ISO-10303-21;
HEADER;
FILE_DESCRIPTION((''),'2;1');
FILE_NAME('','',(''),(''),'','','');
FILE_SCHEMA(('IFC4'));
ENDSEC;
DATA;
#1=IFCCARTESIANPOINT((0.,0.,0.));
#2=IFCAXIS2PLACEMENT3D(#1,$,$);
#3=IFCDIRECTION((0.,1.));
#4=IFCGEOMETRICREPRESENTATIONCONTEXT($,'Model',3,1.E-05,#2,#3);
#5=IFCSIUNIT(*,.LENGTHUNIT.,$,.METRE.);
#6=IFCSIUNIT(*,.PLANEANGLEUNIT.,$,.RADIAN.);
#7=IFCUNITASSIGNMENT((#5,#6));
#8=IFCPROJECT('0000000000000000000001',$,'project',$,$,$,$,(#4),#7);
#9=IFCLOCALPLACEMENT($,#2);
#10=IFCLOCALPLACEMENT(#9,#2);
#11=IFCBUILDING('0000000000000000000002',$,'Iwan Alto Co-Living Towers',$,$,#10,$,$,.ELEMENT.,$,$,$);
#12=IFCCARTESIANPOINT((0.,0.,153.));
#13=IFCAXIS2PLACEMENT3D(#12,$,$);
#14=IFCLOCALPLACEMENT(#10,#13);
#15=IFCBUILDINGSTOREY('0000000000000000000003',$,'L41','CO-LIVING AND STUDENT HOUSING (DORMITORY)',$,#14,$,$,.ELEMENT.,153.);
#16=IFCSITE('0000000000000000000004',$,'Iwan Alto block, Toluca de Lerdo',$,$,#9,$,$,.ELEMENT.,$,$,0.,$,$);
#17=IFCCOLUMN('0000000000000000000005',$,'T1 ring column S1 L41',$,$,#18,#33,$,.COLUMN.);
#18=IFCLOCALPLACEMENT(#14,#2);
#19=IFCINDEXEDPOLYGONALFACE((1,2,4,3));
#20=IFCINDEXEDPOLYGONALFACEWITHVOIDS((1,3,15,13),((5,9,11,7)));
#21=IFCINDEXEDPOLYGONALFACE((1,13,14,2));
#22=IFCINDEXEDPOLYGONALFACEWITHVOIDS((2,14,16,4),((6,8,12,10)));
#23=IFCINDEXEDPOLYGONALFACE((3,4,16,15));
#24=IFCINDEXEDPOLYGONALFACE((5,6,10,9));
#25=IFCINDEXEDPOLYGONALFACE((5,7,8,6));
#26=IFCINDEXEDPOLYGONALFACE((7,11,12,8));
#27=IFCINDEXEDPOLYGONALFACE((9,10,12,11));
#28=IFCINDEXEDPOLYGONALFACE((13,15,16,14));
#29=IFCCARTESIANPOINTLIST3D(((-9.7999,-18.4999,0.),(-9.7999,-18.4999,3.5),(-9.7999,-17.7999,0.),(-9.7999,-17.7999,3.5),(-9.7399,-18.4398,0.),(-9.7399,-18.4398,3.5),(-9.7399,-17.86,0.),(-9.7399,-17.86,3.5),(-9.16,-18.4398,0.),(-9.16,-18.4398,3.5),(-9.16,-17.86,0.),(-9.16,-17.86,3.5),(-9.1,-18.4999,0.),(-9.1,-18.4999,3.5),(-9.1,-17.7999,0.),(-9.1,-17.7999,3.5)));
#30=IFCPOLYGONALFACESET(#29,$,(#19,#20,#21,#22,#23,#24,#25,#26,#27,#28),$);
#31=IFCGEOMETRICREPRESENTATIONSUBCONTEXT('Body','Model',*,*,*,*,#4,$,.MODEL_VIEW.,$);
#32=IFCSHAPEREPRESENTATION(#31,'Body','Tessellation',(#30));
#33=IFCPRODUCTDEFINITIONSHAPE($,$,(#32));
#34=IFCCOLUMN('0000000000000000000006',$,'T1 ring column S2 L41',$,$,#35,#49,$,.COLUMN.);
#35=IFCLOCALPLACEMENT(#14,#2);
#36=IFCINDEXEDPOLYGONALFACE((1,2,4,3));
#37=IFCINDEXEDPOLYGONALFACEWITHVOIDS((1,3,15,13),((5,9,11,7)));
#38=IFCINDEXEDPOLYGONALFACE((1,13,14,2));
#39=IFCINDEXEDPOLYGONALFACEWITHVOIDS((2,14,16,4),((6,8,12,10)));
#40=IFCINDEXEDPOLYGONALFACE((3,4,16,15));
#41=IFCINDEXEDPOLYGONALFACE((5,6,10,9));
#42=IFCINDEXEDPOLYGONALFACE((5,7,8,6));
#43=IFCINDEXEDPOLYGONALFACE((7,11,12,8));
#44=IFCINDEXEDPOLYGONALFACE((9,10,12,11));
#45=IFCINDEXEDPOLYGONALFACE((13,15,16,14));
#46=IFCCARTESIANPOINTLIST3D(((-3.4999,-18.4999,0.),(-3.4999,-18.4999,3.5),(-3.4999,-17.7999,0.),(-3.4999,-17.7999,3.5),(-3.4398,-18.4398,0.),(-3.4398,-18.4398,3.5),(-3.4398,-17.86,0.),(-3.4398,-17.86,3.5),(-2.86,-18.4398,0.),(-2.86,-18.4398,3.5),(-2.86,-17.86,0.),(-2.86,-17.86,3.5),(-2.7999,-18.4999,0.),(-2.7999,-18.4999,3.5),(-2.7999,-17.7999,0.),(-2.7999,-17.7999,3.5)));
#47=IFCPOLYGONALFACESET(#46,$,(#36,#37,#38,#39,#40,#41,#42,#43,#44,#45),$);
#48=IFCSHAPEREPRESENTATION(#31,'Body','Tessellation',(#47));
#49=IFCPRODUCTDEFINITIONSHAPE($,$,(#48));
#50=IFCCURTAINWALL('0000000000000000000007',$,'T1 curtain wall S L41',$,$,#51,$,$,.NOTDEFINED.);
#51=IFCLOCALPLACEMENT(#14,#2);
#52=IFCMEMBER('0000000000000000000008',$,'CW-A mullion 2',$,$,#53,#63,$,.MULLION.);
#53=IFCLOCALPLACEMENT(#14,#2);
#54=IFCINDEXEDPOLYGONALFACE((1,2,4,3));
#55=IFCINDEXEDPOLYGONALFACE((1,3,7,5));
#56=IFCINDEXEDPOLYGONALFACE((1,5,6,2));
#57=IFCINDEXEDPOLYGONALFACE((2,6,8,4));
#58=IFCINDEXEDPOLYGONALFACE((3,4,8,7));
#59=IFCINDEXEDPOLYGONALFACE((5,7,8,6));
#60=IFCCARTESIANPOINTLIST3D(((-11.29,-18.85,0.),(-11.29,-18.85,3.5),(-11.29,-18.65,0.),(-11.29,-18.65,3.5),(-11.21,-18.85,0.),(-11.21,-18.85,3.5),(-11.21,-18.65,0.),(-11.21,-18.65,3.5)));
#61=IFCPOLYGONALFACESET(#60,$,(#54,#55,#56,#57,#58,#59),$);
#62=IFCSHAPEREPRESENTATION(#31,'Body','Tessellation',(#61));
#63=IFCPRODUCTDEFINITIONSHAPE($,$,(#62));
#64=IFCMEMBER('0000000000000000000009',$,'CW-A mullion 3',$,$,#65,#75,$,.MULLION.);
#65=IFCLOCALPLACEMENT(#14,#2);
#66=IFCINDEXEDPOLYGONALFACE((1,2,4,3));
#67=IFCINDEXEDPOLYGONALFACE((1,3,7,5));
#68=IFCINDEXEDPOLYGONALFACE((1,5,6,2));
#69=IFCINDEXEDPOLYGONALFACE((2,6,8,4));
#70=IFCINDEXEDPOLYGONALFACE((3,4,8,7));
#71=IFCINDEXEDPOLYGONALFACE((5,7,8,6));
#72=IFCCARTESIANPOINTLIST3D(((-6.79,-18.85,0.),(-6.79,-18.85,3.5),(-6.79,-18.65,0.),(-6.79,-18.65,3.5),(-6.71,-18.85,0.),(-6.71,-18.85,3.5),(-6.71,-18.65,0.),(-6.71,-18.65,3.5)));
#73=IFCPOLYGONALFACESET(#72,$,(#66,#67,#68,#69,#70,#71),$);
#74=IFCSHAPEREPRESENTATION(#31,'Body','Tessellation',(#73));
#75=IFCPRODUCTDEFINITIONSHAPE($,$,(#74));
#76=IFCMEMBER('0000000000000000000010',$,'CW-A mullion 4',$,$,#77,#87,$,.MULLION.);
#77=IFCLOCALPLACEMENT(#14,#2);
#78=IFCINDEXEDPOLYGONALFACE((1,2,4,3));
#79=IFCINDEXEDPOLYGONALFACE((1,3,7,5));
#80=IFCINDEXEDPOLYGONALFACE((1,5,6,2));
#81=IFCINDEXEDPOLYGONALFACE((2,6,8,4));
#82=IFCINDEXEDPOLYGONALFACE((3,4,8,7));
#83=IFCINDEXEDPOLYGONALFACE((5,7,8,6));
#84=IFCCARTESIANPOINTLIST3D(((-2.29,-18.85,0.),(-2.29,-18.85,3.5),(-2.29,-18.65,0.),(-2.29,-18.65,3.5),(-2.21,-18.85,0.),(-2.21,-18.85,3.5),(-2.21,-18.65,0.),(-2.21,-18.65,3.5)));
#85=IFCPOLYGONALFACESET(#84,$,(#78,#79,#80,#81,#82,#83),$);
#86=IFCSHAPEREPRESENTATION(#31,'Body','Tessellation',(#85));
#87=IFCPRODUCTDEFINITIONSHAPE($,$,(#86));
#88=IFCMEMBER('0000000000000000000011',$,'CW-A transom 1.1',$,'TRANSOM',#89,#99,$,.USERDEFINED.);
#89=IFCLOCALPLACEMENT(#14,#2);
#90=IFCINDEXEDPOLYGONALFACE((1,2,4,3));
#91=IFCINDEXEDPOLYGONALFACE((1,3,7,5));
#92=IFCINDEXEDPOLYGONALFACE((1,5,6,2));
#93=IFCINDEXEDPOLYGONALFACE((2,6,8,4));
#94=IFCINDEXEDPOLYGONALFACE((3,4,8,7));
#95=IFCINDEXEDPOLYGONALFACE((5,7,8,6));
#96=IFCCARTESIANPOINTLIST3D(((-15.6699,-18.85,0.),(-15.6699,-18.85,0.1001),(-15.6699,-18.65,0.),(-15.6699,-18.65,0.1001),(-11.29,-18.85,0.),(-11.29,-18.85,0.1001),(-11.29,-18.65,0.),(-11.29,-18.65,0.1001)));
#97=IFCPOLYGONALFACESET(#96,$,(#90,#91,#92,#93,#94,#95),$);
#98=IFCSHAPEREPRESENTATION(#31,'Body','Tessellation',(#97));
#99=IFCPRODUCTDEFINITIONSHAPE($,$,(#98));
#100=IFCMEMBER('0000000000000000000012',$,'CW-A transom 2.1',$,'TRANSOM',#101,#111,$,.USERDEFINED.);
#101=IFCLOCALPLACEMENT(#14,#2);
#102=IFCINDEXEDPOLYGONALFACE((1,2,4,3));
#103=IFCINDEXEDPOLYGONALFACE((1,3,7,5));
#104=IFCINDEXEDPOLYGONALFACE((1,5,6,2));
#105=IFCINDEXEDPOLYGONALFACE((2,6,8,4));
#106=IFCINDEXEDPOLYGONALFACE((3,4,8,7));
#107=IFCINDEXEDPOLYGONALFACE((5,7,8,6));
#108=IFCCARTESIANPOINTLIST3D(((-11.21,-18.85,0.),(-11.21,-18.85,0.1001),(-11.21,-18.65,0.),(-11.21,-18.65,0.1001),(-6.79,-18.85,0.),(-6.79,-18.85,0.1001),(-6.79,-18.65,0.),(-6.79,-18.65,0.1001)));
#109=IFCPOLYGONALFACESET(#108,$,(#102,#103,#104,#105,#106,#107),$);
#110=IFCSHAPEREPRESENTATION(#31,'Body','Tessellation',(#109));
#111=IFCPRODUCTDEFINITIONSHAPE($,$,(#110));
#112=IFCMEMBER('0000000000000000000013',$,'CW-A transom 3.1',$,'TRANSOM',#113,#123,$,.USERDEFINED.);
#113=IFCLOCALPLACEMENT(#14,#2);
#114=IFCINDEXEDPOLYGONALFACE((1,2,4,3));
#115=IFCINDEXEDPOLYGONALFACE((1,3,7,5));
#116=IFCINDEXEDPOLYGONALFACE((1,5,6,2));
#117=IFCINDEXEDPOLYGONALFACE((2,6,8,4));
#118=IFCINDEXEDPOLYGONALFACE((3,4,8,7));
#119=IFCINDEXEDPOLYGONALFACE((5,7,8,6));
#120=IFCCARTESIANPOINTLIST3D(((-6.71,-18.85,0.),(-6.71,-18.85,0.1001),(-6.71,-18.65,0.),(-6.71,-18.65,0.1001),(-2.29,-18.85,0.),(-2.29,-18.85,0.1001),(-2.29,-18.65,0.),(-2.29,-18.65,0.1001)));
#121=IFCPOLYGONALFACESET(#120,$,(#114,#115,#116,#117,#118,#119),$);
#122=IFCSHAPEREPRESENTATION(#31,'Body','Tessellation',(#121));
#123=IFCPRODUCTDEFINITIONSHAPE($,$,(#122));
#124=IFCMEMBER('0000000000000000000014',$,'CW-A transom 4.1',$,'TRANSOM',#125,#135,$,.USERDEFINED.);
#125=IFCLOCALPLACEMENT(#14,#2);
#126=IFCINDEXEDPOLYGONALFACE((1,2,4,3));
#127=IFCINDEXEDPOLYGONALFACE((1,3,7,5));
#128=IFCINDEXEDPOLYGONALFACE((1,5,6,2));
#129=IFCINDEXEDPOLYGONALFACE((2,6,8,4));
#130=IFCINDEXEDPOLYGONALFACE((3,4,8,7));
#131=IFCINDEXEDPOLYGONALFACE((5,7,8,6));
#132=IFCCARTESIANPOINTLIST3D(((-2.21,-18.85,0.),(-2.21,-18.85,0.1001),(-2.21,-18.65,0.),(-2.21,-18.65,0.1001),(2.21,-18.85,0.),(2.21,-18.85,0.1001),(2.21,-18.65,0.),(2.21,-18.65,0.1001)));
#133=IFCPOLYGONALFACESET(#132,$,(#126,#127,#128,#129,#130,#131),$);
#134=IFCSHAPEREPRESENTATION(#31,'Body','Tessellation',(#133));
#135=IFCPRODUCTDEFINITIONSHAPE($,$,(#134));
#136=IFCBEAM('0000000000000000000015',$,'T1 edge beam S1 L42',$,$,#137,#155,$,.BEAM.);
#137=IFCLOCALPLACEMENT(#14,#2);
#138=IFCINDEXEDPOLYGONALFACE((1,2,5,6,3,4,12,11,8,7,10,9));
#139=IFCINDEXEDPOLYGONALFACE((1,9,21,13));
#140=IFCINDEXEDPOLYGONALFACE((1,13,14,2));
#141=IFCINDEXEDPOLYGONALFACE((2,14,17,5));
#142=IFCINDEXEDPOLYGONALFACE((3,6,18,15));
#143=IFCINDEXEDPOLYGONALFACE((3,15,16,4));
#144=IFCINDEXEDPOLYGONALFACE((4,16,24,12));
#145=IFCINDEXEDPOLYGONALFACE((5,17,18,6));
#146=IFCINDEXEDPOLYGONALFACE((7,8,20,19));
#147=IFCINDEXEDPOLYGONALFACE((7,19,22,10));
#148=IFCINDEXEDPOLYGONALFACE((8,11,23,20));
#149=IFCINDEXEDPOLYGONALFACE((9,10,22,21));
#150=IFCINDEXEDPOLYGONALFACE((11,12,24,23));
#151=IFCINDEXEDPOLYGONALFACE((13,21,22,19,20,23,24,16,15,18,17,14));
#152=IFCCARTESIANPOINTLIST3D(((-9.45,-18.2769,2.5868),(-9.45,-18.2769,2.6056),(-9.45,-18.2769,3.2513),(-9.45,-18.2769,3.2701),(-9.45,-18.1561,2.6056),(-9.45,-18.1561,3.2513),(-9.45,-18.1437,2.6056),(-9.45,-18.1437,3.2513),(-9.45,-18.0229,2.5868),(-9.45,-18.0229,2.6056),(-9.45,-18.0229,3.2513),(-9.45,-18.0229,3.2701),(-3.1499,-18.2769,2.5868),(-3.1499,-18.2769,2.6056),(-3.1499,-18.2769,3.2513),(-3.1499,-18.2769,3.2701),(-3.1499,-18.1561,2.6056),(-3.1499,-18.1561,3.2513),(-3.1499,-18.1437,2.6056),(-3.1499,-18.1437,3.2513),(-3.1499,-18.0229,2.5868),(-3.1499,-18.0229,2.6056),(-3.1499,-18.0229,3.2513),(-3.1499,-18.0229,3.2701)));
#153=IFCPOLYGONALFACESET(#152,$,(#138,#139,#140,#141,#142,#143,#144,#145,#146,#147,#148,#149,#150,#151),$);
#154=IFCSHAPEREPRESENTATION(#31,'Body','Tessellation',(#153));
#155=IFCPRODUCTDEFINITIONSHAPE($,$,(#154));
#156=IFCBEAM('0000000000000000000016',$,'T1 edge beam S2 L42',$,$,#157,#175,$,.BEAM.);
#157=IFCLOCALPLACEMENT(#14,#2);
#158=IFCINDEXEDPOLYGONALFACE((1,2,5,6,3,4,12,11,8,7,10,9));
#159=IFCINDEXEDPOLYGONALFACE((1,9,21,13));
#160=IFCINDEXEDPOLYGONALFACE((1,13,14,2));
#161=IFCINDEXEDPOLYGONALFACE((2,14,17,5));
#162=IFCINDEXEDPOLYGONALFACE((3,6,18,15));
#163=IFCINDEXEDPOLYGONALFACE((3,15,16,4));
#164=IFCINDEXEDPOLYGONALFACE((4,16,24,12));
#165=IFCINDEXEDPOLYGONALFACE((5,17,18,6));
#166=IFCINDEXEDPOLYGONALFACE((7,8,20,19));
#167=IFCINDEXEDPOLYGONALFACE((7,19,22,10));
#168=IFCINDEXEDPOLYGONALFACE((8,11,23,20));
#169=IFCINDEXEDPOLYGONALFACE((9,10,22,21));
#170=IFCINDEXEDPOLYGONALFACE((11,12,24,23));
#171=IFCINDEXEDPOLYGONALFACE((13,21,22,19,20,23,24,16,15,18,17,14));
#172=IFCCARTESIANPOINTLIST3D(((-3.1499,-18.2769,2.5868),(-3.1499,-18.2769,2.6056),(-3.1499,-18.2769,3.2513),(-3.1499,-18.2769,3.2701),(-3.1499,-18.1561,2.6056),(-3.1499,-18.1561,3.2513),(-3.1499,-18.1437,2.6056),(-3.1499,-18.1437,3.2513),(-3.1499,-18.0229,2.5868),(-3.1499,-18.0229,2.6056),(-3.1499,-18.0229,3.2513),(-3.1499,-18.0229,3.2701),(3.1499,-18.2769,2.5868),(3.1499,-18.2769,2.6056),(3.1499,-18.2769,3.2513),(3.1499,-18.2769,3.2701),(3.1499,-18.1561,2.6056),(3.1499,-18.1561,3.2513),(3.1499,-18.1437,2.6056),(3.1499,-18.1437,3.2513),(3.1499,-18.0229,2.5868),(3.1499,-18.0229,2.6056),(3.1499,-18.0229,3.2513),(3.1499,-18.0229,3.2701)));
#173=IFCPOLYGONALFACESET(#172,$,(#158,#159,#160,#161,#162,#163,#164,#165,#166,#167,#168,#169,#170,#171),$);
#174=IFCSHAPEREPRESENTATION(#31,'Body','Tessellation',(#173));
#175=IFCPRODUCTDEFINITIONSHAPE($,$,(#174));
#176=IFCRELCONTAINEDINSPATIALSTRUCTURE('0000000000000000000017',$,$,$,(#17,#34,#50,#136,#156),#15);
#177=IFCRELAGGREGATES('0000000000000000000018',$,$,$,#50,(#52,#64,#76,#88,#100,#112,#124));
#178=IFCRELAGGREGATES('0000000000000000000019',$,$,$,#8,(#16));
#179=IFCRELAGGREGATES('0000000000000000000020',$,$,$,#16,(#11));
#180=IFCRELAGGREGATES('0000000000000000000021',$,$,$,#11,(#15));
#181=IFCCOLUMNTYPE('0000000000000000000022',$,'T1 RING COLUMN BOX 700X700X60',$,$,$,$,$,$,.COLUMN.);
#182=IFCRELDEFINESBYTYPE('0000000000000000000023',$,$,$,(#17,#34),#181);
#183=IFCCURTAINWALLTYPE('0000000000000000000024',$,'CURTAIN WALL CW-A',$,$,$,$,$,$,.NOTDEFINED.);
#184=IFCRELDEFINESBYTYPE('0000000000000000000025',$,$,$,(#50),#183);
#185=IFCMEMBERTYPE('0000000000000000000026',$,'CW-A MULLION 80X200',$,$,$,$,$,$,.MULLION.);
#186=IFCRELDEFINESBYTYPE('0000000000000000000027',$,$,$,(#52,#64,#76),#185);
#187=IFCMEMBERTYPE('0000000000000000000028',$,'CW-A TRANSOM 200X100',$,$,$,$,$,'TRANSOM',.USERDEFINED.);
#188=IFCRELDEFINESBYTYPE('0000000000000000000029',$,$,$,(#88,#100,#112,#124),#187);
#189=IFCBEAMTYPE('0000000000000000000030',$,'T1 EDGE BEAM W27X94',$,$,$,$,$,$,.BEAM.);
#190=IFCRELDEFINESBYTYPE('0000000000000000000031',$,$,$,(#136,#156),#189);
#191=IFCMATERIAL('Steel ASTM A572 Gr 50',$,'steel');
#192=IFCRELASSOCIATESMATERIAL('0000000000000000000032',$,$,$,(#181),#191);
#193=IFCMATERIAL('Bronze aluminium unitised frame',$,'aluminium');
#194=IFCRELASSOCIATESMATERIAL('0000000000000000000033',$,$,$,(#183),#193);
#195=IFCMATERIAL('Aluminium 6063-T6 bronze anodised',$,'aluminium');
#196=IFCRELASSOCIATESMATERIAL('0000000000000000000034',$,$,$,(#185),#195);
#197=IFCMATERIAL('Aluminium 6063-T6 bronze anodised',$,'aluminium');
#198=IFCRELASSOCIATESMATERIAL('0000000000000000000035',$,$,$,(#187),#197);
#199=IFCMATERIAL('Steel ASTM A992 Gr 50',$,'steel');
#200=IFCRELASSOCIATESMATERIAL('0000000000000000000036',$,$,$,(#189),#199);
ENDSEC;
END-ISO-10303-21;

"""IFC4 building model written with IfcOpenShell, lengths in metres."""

from ifc_helpers import new_model, si_unit, direction, frame, origin, origin_2d, place, context, subcontext, project, spatial, rectangle, hollow_rectangle, i_section, extrude, material, material_profile, profile_set, type_object, element, aggregate, save


model = new_model("IFC4")

# Units and contexts
model_context = context("Model", 3, precision=1e-05, world=origin(), true_north=direction((0.0, 1.0)))
body_context = subcontext(model_context, "Body", "Model", "MODEL_VIEW")
ifc_project = project(units=[si_unit("LENGTHUNIT", "METRE"), si_unit("PLANEANGLEUNIT", "RADIAN")], contexts=[model_context])

# Site, building, storey
site_placement = place(None, origin())
site = spatial("IfcSite", under=ifc_project, at=site_placement, Name="Iwan Alto block, Toluca de Lerdo", CompositionType="ELEMENT", RefElevation=0.0)
building_placement = place(site_placement, origin())
building = spatial("IfcBuilding", under=site, at=building_placement, Name="Iwan Alto Co-Living Towers", CompositionType="ELEMENT")
storey_placement = place(building_placement, frame((0.0, 0.0, 153.0)))
storey = spatial("IfcBuildingStorey", under=building, at=storey_placement, Name="L41", Description="CO-LIVING AND STUDENT HOUSING (DORMITORY)", CompositionType="ELEMENT", Elevation=153.0)

# Columns
ifc_material_1 = material(Name="Steel ASTM A572 Gr 50", Category="steel")
ifc_material_profile_1 = material_profile(ifc_material_1, hollow_rectangle(XDim=0.7, YDim=0.7, WallThickness=0.0601, at=origin_2d()), Name="BOX 700X700X60")
ifc_profile_set_1 = profile_set([ifc_material_profile_1], Name="Steel ASTM A572 Gr 50")
column_type = type_object("IfcColumnType", Name="T1 RING COLUMN BOX 700X700X60", PredefinedType="COLUMN", material=ifc_profile_set_1)
for number, where, z_axis, x_axis, name in (
    (1, (-9.45, -18.1499, 0.0), (0.0, 0.0, 1.0), (1.0, 0.0, 0.0), "T1 ring column S1 L41"),
    (2, (-3.1499, -18.1499, 0.0), (0.0, 0.0, 1.0), (1.0, 0.0, 0.0), "T1 ring column S2 L41"),
):
    element("IfcColumn", number, at=place(storey_placement, frame(where, z_axis=z_axis, x_axis=x_axis)), inside=storey, type_object=column_type, Name=name, PredefinedType="COLUMN", context=body_context, shape_type="SweptSolid", body=[
        extrude(hollow_rectangle(XDim=0.7, YDim=0.7, WallThickness=0.0601, at=origin_2d()), origin(), (0.0, 0.0, 1.0), 3.5),
    ])

# Curtain wall, members
ifc_material_2 = material(Name="Bronze aluminium unitised frame", Category="aluminium")
curtain_wall_type = type_object("IfcCurtainWallType", Name="CURTAIN WALL CW-A", PredefinedType="NOTDEFINED", material=ifc_material_2)
curtain_wall_placement = place(storey_placement, origin())
curtain_wall = element("IfcCurtainWall", 3, at=curtain_wall_placement, inside=storey, type_object=curtain_wall_type, Name="T1 curtain wall S L41", PredefinedType="NOTDEFINED")
ifc_material_3 = material(Name="Aluminium 6063-T6 bronze anodised", Category="aluminium")
ifc_material_profile_2 = material_profile(ifc_material_3, rectangle(XDim=0.2, YDim=0.0801, at=origin_2d()), Name="AL 80X200")
ifc_profile_set_2 = profile_set([ifc_material_profile_2], Name="Aluminium 6063-T6 bronze anodised")
member_type_1 = type_object("IfcMemberType", Name="CW-A MULLION 80X200", PredefinedType="MULLION", material=ifc_profile_set_2)
member_1_placement = place(storey_placement, frame((-11.25, -18.75, 0.0), z_axis=(0.0, 0.0, 1.0), x_axis=(0.0, 1.0, 0.0)))
member_1 = element("IfcMember", 4, at=member_1_placement, type_object=member_type_1, Name="CW-A mullion 2", PredefinedType="MULLION", context=body_context, shape_type="SweptSolid", body=[
    extrude(rectangle(XDim=0.2, YDim=0.0801, at=origin_2d()), origin(), (0.0, 0.0, 1.0), 3.5),
])
member_2_placement = place(storey_placement, frame((-6.75, -18.75, 0.0), z_axis=(0.0, 0.0, 1.0), x_axis=(0.0, 1.0, 0.0)))
member_2 = element("IfcMember", 5, at=member_2_placement, type_object=member_type_1, Name="CW-A mullion 3", PredefinedType="MULLION", context=body_context, shape_type="SweptSolid", body=[
    extrude(rectangle(XDim=0.2, YDim=0.0801, at=origin_2d()), origin(), (0.0, 0.0, 1.0), 3.5),
])
member_3_placement = place(storey_placement, frame((-2.25, -18.75, 0.0), z_axis=(0.0, 0.0, 1.0), x_axis=(0.0, 1.0, 0.0)))
member_3 = element("IfcMember", 6, at=member_3_placement, type_object=member_type_1, Name="CW-A mullion 4", PredefinedType="MULLION", context=body_context, shape_type="SweptSolid", body=[
    extrude(rectangle(XDim=0.2, YDim=0.0801, at=origin_2d()), origin(), (0.0, 0.0, 1.0), 3.5),
])
ifc_material_4 = material(Name="Aluminium 6063-T6 bronze anodised", Category="aluminium")
ifc_material_profile_3 = material_profile(ifc_material_4, rectangle(XDim=0.2, YDim=0.1001, at=origin_2d()), Name="AL 200X100")
ifc_profile_set_3 = profile_set([ifc_material_profile_3], Name="Aluminium 6063-T6 bronze anodised")
member_type_2 = type_object("IfcMemberType", Name="CW-A TRANSOM 200X100", ElementType="TRANSOM", PredefinedType="USERDEFINED", material=ifc_profile_set_3)
member_4_placement = place(storey_placement, frame((-15.6699, -18.75, 0.05), z_axis=(1.0, 0.0, 0.0), x_axis=(0.0, 1.0, 0.0)))
member_4 = element("IfcMember", 7, at=member_4_placement, type_object=member_type_2, Name="CW-A transom 1.1", ObjectType="TRANSOM", PredefinedType="USERDEFINED", context=body_context, shape_type="SweptSolid", body=[
    extrude(rectangle(XDim=0.2, YDim=0.1001, at=origin_2d()), origin(), (0.0, 0.0, 1.0), 4.3799),
])
member_5_placement = place(storey_placement, frame((-11.21, -18.75, 0.05), z_axis=(1.0, 0.0, 0.0), x_axis=(0.0, 1.0, 0.0)))
member_5 = element("IfcMember", 8, at=member_5_placement, type_object=member_type_2, Name="CW-A transom 2.1", ObjectType="TRANSOM", PredefinedType="USERDEFINED", context=body_context, shape_type="SweptSolid", body=[
    extrude(rectangle(XDim=0.2, YDim=0.1001, at=origin_2d()), origin(), (0.0, 0.0, 1.0), 4.4199),
])
member_6_placement = place(storey_placement, frame((-6.71, -18.75, 0.05), z_axis=(1.0, 0.0, 0.0), x_axis=(0.0, 1.0, 0.0)))
member_6 = element("IfcMember", 9, at=member_6_placement, type_object=member_type_2, Name="CW-A transom 3.1", ObjectType="TRANSOM", PredefinedType="USERDEFINED", context=body_context, shape_type="SweptSolid", body=[
    extrude(rectangle(XDim=0.2, YDim=0.1001, at=origin_2d()), origin(), (0.0, 0.0, 1.0), 4.4199),
])
member_7_placement = place(storey_placement, frame((-2.21, -18.75, 0.05), z_axis=(1.0, 0.0, 0.0), x_axis=(0.0, 1.0, 0.0)))
member_7 = element("IfcMember", 10, at=member_7_placement, type_object=member_type_2, Name="CW-A transom 4.1", ObjectType="TRANSOM", PredefinedType="USERDEFINED", context=body_context, shape_type="SweptSolid", body=[
    extrude(rectangle(XDim=0.2, YDim=0.1001, at=origin_2d()), origin(), (0.0, 0.0, 1.0), 4.4199),
])

# Beams
ifc_material_5 = material(Name="Steel ASTM A992 Gr 50", Category="steel")
ifc_material_profile_4 = material_profile(ifc_material_5, i_section(OverallWidth=0.2539, OverallDepth=0.6833, WebThickness=0.0125, FlangeThickness=0.0188, at=origin_2d()), Name="W27X94")
ifc_profile_set_4 = profile_set([ifc_material_profile_4], Name="Steel ASTM A992 Gr 50")
beam_type_1 = type_object("IfcBeamType", Name="T1 EDGE BEAM W27X94", PredefinedType="BEAM", material=ifc_profile_set_4)
beam_1_placement = place(storey_placement, frame((-9.45, -18.1499, 2.9285), z_axis=(1.0, 0.0, 0.0), x_axis=(0.0, 1.0, 0.0)))
element("IfcBeam", 11, at=beam_1_placement, inside=storey, type_object=beam_type_1, Name="T1 edge beam S1 L42", PredefinedType="BEAM", context=body_context, shape_type="SweptSolid", body=[
    extrude(i_section(OverallWidth=0.2539, OverallDepth=0.6833, WebThickness=0.0125, FlangeThickness=0.0188, at=origin_2d()), origin(), (0.0, 0.0, 1.0), 6.3),
])
beam_2_placement = place(storey_placement, frame((-3.1499, -18.1499, 2.9285), z_axis=(1.0, 0.0, 0.0), x_axis=(0.0, 1.0, 0.0)))
element("IfcBeam", 12, at=beam_2_placement, inside=storey, type_object=beam_type_1, Name="T1 edge beam S2 L42", PredefinedType="BEAM", context=body_context, shape_type="SweptSolid", body=[
    extrude(i_section(OverallWidth=0.2539, OverallDepth=0.6833, WebThickness=0.0125, FlangeThickness=0.0188, at=origin_2d()), origin(), (0.0, 0.0, 1.0), 6.2998),
])

aggregate(curtain_wall, [member_1, member_2, member_3, member_4, member_5, member_6, member_7])

save(model, "model.ifc")
